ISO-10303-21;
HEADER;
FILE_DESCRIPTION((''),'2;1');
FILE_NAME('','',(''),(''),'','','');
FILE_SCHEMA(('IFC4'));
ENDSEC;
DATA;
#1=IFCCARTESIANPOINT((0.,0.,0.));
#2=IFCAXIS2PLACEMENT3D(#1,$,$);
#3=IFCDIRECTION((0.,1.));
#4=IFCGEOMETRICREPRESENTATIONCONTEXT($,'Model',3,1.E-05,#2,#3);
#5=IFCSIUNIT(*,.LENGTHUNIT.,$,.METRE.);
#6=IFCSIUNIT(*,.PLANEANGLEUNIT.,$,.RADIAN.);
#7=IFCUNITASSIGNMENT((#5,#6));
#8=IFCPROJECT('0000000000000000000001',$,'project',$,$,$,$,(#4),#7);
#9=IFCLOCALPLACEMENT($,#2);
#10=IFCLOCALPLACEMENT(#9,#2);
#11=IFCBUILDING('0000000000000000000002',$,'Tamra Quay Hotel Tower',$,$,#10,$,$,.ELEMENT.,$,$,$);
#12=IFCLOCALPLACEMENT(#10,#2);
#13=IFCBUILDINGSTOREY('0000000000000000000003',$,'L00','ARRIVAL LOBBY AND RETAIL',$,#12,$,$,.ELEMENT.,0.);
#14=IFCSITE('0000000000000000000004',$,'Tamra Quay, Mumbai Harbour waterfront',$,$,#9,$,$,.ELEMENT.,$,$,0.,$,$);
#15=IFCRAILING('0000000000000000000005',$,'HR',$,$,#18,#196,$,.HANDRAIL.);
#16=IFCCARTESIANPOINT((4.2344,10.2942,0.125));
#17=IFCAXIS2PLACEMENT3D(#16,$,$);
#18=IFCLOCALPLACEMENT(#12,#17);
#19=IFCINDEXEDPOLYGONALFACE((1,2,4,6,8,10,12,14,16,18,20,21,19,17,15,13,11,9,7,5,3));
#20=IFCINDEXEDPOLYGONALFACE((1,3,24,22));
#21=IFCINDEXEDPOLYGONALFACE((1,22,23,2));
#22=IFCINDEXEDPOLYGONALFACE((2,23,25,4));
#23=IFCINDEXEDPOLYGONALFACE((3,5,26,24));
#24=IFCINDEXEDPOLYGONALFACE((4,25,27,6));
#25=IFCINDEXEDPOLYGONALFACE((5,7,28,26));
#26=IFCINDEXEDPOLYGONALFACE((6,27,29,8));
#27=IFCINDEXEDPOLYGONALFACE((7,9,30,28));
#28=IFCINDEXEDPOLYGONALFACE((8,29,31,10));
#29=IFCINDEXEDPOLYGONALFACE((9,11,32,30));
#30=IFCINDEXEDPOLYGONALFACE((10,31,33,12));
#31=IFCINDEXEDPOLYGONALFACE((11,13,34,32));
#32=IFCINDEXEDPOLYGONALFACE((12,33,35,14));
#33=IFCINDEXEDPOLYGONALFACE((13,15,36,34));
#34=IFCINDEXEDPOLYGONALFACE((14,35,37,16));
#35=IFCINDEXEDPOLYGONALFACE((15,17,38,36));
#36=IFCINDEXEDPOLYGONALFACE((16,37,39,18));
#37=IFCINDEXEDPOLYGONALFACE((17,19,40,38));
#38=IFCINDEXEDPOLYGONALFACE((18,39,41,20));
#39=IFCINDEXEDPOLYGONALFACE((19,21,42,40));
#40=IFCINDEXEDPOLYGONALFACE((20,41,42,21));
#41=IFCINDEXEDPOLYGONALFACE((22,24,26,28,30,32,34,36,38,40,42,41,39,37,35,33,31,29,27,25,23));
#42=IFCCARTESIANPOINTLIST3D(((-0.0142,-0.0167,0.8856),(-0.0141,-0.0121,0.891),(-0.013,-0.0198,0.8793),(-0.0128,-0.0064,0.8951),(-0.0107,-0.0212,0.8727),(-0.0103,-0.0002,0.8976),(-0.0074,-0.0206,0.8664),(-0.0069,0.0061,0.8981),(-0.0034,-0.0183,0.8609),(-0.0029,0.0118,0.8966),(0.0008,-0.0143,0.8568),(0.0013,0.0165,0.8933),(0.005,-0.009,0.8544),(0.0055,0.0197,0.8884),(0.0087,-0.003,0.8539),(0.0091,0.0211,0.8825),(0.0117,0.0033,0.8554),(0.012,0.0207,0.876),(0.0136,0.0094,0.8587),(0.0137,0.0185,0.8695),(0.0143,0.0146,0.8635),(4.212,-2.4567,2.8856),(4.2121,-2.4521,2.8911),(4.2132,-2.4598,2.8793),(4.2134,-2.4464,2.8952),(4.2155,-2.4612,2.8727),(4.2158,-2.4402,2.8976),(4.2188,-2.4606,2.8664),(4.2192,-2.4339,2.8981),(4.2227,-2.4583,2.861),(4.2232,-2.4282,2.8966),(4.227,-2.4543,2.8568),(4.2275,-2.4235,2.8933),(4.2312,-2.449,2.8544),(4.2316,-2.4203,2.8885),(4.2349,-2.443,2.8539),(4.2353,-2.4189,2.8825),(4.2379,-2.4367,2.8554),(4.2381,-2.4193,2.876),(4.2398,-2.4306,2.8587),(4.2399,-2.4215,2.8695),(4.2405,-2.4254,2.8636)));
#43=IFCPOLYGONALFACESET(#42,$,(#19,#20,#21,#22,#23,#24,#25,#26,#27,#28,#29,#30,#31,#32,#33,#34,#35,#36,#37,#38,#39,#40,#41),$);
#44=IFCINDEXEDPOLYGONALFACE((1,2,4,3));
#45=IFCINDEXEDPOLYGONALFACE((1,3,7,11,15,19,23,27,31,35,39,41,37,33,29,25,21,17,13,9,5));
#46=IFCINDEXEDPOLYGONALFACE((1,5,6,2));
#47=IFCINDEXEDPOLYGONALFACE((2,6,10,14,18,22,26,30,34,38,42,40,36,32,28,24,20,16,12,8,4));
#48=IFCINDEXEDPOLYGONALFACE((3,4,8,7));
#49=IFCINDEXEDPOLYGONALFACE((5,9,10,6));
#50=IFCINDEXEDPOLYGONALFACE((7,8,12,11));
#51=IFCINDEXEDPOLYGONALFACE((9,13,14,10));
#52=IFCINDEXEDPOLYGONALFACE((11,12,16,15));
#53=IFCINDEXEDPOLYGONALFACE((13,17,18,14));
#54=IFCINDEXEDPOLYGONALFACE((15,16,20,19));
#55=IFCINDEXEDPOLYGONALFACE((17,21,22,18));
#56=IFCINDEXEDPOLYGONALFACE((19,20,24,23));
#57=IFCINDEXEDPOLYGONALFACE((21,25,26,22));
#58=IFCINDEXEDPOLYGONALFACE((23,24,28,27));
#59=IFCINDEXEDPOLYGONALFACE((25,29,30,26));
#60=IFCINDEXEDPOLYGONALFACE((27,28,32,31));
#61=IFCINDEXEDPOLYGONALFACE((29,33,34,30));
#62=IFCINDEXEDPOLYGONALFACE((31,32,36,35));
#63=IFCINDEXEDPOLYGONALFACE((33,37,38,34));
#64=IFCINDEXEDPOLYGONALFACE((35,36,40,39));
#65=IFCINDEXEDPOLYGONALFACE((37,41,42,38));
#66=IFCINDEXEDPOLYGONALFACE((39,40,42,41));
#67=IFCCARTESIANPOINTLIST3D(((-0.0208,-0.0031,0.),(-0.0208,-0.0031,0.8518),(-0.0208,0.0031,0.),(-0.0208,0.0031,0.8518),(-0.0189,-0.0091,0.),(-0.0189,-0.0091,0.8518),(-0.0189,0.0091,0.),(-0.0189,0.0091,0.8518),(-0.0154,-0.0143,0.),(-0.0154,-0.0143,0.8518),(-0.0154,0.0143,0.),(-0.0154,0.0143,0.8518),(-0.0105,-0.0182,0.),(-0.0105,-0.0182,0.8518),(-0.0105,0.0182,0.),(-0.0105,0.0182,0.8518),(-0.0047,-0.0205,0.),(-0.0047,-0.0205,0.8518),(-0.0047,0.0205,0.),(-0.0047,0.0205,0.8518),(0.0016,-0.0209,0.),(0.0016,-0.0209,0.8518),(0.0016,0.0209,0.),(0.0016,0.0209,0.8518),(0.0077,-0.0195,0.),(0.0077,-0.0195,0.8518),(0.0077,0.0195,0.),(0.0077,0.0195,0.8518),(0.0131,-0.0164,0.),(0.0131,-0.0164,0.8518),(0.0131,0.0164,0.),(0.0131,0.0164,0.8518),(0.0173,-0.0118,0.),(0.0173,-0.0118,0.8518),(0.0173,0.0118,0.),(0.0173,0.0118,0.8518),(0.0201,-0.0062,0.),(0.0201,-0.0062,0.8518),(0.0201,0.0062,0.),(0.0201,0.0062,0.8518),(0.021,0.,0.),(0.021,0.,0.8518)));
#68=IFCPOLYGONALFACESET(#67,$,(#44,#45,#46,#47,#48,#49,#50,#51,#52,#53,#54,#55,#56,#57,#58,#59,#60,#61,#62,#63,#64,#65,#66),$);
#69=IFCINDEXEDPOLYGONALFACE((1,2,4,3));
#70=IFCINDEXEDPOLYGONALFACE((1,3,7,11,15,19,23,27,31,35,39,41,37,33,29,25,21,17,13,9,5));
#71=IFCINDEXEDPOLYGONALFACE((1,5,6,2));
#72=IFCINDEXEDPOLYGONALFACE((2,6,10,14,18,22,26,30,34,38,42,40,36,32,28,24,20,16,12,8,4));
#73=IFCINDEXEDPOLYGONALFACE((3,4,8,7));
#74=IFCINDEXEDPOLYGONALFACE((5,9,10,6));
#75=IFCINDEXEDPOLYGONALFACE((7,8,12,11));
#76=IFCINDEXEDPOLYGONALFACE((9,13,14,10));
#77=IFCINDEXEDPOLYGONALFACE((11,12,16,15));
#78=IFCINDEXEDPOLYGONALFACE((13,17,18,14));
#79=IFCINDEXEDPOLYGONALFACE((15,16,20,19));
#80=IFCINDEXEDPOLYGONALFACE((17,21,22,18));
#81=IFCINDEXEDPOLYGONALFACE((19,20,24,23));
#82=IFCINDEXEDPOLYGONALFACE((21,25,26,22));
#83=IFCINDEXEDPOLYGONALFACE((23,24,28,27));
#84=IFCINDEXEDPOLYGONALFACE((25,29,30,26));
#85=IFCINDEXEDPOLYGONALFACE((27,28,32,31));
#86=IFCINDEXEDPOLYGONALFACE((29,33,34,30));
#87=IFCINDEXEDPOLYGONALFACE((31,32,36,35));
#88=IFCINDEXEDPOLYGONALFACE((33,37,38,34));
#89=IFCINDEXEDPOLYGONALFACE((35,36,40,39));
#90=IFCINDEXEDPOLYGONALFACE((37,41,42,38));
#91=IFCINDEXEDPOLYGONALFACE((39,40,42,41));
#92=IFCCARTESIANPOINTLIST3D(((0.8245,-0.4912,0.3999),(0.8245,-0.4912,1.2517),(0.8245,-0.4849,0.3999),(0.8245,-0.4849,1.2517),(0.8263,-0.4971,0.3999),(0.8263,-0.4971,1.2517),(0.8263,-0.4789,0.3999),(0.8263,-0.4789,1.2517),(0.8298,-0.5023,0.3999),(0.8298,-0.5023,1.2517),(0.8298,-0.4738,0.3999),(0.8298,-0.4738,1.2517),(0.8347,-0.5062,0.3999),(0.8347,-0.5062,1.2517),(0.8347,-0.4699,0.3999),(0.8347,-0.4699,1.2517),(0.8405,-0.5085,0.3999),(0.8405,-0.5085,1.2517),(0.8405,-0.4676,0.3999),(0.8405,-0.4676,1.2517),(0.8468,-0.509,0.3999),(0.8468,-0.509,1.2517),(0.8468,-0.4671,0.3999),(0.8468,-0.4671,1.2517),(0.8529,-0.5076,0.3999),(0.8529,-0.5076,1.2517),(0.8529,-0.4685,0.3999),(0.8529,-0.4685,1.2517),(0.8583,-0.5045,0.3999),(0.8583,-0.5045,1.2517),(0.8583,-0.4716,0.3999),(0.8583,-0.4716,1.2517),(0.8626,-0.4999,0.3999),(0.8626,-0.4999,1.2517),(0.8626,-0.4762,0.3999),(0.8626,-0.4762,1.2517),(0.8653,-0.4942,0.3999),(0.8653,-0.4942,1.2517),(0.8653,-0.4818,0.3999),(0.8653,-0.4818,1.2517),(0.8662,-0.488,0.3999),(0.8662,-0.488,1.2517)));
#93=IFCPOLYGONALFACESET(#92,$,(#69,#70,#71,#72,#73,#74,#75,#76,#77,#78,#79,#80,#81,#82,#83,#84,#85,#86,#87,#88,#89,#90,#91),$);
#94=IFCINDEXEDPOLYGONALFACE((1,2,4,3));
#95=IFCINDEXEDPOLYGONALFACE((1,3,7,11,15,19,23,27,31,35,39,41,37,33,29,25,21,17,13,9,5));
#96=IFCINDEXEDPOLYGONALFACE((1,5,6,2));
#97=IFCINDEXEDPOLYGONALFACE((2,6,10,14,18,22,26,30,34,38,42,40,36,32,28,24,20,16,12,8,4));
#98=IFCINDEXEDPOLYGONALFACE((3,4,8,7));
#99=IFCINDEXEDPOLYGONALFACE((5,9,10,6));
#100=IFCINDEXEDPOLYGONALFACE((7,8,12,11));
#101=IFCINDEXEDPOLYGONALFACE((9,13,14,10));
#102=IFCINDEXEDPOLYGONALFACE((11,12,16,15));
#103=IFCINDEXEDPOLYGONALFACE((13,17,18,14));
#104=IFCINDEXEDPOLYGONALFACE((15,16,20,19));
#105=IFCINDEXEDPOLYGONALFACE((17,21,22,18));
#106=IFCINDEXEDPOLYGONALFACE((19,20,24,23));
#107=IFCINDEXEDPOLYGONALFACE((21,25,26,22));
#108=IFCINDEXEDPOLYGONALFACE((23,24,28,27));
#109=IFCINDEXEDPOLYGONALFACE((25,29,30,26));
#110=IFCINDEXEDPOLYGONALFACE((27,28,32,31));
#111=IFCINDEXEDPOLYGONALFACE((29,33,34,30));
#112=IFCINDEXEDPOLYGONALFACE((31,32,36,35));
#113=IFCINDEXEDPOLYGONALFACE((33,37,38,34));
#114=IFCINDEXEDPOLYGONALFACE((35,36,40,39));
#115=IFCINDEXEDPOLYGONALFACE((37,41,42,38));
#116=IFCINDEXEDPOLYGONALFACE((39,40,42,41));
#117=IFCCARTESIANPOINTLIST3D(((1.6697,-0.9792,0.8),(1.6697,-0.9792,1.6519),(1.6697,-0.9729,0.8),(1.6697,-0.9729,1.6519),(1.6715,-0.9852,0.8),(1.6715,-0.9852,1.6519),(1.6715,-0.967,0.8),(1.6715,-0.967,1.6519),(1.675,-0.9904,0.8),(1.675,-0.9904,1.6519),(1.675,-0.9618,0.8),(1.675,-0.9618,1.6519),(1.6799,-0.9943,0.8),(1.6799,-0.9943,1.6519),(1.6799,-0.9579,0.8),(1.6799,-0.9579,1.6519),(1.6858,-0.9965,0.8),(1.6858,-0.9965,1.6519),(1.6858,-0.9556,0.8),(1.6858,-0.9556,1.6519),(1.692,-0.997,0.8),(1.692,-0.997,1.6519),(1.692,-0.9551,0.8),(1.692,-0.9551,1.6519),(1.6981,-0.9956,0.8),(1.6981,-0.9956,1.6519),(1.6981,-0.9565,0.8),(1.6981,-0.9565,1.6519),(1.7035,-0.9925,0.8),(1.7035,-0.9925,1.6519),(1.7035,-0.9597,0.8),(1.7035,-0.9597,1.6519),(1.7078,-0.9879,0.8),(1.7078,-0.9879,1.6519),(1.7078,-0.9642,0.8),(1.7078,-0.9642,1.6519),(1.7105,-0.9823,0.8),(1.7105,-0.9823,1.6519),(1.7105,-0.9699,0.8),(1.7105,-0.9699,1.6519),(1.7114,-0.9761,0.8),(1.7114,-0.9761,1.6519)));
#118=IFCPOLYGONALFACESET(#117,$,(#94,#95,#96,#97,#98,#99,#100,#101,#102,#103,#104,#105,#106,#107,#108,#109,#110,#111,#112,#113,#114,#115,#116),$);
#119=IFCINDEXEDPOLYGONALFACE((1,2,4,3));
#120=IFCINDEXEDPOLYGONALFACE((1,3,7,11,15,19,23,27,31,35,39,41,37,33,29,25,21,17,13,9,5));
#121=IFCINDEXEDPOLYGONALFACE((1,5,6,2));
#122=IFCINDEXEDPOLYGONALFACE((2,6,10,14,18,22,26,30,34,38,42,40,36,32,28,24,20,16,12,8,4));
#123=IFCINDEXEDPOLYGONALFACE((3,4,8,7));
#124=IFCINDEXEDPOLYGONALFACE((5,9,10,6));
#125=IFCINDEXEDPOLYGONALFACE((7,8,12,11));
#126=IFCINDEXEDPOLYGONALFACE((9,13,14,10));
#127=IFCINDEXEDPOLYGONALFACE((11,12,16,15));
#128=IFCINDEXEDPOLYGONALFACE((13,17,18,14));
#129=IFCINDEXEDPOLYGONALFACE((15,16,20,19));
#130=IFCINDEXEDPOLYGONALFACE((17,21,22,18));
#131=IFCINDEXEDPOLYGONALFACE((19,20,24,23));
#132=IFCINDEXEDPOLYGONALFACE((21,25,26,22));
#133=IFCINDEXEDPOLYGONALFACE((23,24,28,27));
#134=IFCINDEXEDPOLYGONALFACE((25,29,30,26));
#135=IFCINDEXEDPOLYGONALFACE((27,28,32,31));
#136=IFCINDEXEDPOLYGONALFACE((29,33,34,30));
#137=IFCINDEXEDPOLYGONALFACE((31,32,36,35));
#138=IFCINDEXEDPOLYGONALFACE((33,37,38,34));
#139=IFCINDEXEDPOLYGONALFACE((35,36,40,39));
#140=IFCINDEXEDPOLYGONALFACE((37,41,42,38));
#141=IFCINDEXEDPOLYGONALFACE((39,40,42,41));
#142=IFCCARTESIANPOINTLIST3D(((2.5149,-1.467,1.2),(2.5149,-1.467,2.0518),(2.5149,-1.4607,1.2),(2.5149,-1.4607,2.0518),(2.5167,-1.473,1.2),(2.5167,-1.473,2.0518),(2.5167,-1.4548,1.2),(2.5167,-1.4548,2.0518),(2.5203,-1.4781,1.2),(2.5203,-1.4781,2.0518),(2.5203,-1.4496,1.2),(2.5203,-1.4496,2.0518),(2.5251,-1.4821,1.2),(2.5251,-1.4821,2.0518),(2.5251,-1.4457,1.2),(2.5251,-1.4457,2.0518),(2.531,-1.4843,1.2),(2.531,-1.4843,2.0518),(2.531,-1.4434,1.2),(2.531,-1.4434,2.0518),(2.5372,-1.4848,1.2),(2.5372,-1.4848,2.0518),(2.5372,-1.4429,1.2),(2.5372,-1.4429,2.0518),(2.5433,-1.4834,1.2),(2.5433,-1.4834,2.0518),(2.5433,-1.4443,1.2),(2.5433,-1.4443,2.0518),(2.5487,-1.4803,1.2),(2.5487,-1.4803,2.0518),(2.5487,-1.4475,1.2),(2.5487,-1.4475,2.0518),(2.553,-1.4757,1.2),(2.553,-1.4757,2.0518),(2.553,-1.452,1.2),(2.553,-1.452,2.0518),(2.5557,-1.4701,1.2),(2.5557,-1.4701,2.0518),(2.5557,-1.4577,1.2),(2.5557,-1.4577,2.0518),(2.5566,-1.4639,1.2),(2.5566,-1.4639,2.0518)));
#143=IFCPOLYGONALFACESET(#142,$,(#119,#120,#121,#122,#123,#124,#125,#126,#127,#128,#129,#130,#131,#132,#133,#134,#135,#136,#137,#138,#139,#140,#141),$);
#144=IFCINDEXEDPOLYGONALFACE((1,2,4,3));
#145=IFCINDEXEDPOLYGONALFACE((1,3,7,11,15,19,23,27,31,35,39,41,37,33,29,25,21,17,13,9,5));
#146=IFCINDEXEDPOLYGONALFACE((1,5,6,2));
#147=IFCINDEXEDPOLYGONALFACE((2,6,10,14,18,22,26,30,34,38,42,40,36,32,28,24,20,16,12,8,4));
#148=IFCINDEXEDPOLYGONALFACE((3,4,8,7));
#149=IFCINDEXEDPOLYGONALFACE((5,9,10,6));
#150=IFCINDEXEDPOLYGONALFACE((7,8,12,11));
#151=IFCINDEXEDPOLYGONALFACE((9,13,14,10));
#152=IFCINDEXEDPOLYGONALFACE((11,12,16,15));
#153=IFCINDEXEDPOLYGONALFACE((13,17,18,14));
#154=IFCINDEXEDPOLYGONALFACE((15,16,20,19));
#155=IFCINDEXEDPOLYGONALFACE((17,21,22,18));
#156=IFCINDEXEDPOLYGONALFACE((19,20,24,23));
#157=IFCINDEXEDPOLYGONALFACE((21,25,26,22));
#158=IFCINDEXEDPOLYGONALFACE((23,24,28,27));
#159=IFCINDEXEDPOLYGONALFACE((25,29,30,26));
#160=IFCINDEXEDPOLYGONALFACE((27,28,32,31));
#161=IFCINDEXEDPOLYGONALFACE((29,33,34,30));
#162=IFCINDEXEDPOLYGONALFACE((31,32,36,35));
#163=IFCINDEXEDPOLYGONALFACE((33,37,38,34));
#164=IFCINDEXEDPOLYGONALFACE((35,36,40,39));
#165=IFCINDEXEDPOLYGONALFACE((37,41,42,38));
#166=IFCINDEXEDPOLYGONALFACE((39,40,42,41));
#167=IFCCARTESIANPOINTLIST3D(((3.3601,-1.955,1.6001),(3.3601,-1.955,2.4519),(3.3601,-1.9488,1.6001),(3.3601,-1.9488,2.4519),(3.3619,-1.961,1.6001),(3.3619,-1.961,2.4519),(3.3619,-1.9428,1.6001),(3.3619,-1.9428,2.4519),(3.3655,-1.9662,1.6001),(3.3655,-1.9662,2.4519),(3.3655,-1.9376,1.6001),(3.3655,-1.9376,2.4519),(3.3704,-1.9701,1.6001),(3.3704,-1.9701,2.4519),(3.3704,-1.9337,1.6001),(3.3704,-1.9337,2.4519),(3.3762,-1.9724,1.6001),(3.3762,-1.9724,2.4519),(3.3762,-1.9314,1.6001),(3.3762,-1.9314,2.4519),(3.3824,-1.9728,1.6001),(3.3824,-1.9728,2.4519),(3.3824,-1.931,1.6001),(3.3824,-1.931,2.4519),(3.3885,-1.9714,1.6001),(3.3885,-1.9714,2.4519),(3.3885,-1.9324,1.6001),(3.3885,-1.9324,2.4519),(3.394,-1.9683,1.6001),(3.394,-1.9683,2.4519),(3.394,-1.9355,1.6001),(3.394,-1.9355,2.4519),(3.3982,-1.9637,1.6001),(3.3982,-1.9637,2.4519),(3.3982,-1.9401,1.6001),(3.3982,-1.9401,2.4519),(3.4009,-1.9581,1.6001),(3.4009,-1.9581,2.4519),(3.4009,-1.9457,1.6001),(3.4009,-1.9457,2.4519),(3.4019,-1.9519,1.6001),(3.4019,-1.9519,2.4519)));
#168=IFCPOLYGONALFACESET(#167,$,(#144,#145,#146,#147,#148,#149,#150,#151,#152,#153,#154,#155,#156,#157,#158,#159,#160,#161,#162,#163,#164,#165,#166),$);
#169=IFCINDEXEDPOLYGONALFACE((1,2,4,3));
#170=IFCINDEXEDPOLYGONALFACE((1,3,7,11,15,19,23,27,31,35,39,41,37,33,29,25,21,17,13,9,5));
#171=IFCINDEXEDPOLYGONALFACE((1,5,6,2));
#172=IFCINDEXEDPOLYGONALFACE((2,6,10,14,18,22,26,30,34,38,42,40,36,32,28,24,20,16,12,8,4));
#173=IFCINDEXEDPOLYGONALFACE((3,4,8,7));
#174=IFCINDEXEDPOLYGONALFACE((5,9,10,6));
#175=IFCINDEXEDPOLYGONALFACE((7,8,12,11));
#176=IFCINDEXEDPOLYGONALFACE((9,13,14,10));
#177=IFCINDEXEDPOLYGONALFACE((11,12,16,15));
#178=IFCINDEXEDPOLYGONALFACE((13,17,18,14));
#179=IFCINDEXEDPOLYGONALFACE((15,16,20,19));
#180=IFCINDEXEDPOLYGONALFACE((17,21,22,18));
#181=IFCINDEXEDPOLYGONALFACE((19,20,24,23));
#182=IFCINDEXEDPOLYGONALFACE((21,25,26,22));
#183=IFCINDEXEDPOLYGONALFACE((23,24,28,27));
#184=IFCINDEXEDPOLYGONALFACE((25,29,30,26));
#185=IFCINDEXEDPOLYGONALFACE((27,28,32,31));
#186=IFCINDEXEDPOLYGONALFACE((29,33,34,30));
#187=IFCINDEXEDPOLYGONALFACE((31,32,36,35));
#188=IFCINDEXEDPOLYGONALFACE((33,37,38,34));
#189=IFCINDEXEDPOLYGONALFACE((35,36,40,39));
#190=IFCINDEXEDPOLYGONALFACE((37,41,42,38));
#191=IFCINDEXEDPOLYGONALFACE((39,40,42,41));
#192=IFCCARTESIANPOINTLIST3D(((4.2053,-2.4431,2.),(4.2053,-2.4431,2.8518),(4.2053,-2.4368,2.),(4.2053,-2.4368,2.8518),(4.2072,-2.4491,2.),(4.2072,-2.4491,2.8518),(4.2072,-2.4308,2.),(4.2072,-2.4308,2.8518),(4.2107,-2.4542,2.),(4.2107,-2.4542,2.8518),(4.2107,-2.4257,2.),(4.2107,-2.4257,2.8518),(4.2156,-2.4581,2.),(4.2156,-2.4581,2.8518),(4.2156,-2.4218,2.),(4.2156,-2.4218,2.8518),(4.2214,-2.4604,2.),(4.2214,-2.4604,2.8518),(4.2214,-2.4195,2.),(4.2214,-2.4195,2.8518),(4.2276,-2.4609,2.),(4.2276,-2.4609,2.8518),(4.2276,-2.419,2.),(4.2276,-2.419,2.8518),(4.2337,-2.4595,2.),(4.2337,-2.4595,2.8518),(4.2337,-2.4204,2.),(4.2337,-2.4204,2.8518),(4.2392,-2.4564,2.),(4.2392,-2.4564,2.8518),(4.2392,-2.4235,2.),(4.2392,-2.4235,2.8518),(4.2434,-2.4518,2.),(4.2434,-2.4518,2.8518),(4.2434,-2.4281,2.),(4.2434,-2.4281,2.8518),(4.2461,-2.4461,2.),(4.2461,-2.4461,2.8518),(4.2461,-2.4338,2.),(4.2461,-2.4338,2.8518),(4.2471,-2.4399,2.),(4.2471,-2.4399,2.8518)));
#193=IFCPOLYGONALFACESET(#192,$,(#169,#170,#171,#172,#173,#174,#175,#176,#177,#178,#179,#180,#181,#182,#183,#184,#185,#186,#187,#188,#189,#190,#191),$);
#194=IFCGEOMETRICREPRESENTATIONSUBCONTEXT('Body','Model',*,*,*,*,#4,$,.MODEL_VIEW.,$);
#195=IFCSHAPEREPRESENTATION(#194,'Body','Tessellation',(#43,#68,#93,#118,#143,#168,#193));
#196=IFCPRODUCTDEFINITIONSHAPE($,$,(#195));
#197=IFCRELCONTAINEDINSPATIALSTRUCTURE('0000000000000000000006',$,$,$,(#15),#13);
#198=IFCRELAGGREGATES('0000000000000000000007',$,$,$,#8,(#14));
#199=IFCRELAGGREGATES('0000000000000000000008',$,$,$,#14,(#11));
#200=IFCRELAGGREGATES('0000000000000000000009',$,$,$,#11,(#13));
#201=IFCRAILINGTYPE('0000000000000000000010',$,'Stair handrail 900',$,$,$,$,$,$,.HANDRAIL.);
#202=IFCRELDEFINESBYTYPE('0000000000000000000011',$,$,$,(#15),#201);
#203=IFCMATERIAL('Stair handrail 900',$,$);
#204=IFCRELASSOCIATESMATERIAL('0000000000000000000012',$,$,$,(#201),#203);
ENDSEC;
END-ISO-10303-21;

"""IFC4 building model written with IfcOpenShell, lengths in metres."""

from ifc_helpers import new_model, si_unit, direction, frame, origin, origin_2d, place, context, subcontext, project, spatial, circle, extrude, material, type_object, element, save


model = new_model("IFC4")

# Units and contexts
model_context = context("Model", 3, precision=1e-05, world=origin(), true_north=direction((0.0, 1.0)))
body_context = subcontext(model_context, "Body", "Model", "MODEL_VIEW")
ifc_project = project(units=[si_unit("LENGTHUNIT", "METRE"), si_unit("PLANEANGLEUNIT", "RADIAN")], contexts=[model_context])

# Site, building, storey
site_placement = place(None, origin())
site = spatial("IfcSite", under=ifc_project, at=site_placement, Name="Tamra Quay, Mumbai Harbour waterfront", CompositionType="ELEMENT", RefElevation=0.0)
building_placement = place(site_placement, origin())
building = spatial("IfcBuilding", under=site, at=building_placement, Name="Tamra Quay Hotel Tower", CompositionType="ELEMENT")
storey_placement = place(building_placement, origin())
storey = spatial("IfcBuildingStorey", under=building, at=storey_placement, Name="L00", Description="ARRIVAL LOBBY AND RETAIL", CompositionType="ELEMENT", Elevation=0.0)

# Railing
ifc_material_1 = material(Name="Stair handrail 900")
railing_type_1 = type_object("IfcRailingType", Name="Stair handrail 900", PredefinedType="HANDRAIL", material=ifc_material_1)
railing_1_placement = place(storey_placement, frame((4.2344, 10.2942, 0.125)))
element("IfcRailing", 1, at=railing_1_placement, inside=storey, type_object=railing_type_1, Name="HR", PredefinedType="HANDRAIL", context=body_context, shape_type="SweptSolid", body=[
    extrude(circle(Radius=0.0239, at=origin_2d()), frame((0.0, 0.0, 0.876), z_axis=(0.801333, -0.462653, 0.379233), x_axis=(0.500003, 0.866024, 0.0)), (0.0, 0.0, 1.0), 5.2739),
    extrude(circle(Radius=0.021, at=origin_2d()), origin(), (0.0, 0.0, 1.0), 0.8518),
    extrude(circle(Radius=0.021, at=origin_2d()), frame((0.8452, -0.488, 0.3999)), (0.0, 0.0, 1.0), 0.8518),
    extrude(circle(Radius=0.021, at=origin_2d()), frame((1.6904, -0.9761, 0.8)), (0.0, 0.0, 1.0), 0.8518),
    extrude(circle(Radius=0.021, at=origin_2d()), frame((2.5356, -1.4639, 1.2)), (0.0, 0.0, 1.0), 0.8518),
    extrude(circle(Radius=0.021, at=origin_2d()), frame((3.3809, -1.9519, 1.6001)), (0.0, 0.0, 1.0), 0.8518),
    extrude(circle(Radius=0.021, at=origin_2d()), frame((4.2261, -2.4399, 2.0)), (0.0, 0.0, 1.0), 0.8518),
])

save(model, "model.ifc")
